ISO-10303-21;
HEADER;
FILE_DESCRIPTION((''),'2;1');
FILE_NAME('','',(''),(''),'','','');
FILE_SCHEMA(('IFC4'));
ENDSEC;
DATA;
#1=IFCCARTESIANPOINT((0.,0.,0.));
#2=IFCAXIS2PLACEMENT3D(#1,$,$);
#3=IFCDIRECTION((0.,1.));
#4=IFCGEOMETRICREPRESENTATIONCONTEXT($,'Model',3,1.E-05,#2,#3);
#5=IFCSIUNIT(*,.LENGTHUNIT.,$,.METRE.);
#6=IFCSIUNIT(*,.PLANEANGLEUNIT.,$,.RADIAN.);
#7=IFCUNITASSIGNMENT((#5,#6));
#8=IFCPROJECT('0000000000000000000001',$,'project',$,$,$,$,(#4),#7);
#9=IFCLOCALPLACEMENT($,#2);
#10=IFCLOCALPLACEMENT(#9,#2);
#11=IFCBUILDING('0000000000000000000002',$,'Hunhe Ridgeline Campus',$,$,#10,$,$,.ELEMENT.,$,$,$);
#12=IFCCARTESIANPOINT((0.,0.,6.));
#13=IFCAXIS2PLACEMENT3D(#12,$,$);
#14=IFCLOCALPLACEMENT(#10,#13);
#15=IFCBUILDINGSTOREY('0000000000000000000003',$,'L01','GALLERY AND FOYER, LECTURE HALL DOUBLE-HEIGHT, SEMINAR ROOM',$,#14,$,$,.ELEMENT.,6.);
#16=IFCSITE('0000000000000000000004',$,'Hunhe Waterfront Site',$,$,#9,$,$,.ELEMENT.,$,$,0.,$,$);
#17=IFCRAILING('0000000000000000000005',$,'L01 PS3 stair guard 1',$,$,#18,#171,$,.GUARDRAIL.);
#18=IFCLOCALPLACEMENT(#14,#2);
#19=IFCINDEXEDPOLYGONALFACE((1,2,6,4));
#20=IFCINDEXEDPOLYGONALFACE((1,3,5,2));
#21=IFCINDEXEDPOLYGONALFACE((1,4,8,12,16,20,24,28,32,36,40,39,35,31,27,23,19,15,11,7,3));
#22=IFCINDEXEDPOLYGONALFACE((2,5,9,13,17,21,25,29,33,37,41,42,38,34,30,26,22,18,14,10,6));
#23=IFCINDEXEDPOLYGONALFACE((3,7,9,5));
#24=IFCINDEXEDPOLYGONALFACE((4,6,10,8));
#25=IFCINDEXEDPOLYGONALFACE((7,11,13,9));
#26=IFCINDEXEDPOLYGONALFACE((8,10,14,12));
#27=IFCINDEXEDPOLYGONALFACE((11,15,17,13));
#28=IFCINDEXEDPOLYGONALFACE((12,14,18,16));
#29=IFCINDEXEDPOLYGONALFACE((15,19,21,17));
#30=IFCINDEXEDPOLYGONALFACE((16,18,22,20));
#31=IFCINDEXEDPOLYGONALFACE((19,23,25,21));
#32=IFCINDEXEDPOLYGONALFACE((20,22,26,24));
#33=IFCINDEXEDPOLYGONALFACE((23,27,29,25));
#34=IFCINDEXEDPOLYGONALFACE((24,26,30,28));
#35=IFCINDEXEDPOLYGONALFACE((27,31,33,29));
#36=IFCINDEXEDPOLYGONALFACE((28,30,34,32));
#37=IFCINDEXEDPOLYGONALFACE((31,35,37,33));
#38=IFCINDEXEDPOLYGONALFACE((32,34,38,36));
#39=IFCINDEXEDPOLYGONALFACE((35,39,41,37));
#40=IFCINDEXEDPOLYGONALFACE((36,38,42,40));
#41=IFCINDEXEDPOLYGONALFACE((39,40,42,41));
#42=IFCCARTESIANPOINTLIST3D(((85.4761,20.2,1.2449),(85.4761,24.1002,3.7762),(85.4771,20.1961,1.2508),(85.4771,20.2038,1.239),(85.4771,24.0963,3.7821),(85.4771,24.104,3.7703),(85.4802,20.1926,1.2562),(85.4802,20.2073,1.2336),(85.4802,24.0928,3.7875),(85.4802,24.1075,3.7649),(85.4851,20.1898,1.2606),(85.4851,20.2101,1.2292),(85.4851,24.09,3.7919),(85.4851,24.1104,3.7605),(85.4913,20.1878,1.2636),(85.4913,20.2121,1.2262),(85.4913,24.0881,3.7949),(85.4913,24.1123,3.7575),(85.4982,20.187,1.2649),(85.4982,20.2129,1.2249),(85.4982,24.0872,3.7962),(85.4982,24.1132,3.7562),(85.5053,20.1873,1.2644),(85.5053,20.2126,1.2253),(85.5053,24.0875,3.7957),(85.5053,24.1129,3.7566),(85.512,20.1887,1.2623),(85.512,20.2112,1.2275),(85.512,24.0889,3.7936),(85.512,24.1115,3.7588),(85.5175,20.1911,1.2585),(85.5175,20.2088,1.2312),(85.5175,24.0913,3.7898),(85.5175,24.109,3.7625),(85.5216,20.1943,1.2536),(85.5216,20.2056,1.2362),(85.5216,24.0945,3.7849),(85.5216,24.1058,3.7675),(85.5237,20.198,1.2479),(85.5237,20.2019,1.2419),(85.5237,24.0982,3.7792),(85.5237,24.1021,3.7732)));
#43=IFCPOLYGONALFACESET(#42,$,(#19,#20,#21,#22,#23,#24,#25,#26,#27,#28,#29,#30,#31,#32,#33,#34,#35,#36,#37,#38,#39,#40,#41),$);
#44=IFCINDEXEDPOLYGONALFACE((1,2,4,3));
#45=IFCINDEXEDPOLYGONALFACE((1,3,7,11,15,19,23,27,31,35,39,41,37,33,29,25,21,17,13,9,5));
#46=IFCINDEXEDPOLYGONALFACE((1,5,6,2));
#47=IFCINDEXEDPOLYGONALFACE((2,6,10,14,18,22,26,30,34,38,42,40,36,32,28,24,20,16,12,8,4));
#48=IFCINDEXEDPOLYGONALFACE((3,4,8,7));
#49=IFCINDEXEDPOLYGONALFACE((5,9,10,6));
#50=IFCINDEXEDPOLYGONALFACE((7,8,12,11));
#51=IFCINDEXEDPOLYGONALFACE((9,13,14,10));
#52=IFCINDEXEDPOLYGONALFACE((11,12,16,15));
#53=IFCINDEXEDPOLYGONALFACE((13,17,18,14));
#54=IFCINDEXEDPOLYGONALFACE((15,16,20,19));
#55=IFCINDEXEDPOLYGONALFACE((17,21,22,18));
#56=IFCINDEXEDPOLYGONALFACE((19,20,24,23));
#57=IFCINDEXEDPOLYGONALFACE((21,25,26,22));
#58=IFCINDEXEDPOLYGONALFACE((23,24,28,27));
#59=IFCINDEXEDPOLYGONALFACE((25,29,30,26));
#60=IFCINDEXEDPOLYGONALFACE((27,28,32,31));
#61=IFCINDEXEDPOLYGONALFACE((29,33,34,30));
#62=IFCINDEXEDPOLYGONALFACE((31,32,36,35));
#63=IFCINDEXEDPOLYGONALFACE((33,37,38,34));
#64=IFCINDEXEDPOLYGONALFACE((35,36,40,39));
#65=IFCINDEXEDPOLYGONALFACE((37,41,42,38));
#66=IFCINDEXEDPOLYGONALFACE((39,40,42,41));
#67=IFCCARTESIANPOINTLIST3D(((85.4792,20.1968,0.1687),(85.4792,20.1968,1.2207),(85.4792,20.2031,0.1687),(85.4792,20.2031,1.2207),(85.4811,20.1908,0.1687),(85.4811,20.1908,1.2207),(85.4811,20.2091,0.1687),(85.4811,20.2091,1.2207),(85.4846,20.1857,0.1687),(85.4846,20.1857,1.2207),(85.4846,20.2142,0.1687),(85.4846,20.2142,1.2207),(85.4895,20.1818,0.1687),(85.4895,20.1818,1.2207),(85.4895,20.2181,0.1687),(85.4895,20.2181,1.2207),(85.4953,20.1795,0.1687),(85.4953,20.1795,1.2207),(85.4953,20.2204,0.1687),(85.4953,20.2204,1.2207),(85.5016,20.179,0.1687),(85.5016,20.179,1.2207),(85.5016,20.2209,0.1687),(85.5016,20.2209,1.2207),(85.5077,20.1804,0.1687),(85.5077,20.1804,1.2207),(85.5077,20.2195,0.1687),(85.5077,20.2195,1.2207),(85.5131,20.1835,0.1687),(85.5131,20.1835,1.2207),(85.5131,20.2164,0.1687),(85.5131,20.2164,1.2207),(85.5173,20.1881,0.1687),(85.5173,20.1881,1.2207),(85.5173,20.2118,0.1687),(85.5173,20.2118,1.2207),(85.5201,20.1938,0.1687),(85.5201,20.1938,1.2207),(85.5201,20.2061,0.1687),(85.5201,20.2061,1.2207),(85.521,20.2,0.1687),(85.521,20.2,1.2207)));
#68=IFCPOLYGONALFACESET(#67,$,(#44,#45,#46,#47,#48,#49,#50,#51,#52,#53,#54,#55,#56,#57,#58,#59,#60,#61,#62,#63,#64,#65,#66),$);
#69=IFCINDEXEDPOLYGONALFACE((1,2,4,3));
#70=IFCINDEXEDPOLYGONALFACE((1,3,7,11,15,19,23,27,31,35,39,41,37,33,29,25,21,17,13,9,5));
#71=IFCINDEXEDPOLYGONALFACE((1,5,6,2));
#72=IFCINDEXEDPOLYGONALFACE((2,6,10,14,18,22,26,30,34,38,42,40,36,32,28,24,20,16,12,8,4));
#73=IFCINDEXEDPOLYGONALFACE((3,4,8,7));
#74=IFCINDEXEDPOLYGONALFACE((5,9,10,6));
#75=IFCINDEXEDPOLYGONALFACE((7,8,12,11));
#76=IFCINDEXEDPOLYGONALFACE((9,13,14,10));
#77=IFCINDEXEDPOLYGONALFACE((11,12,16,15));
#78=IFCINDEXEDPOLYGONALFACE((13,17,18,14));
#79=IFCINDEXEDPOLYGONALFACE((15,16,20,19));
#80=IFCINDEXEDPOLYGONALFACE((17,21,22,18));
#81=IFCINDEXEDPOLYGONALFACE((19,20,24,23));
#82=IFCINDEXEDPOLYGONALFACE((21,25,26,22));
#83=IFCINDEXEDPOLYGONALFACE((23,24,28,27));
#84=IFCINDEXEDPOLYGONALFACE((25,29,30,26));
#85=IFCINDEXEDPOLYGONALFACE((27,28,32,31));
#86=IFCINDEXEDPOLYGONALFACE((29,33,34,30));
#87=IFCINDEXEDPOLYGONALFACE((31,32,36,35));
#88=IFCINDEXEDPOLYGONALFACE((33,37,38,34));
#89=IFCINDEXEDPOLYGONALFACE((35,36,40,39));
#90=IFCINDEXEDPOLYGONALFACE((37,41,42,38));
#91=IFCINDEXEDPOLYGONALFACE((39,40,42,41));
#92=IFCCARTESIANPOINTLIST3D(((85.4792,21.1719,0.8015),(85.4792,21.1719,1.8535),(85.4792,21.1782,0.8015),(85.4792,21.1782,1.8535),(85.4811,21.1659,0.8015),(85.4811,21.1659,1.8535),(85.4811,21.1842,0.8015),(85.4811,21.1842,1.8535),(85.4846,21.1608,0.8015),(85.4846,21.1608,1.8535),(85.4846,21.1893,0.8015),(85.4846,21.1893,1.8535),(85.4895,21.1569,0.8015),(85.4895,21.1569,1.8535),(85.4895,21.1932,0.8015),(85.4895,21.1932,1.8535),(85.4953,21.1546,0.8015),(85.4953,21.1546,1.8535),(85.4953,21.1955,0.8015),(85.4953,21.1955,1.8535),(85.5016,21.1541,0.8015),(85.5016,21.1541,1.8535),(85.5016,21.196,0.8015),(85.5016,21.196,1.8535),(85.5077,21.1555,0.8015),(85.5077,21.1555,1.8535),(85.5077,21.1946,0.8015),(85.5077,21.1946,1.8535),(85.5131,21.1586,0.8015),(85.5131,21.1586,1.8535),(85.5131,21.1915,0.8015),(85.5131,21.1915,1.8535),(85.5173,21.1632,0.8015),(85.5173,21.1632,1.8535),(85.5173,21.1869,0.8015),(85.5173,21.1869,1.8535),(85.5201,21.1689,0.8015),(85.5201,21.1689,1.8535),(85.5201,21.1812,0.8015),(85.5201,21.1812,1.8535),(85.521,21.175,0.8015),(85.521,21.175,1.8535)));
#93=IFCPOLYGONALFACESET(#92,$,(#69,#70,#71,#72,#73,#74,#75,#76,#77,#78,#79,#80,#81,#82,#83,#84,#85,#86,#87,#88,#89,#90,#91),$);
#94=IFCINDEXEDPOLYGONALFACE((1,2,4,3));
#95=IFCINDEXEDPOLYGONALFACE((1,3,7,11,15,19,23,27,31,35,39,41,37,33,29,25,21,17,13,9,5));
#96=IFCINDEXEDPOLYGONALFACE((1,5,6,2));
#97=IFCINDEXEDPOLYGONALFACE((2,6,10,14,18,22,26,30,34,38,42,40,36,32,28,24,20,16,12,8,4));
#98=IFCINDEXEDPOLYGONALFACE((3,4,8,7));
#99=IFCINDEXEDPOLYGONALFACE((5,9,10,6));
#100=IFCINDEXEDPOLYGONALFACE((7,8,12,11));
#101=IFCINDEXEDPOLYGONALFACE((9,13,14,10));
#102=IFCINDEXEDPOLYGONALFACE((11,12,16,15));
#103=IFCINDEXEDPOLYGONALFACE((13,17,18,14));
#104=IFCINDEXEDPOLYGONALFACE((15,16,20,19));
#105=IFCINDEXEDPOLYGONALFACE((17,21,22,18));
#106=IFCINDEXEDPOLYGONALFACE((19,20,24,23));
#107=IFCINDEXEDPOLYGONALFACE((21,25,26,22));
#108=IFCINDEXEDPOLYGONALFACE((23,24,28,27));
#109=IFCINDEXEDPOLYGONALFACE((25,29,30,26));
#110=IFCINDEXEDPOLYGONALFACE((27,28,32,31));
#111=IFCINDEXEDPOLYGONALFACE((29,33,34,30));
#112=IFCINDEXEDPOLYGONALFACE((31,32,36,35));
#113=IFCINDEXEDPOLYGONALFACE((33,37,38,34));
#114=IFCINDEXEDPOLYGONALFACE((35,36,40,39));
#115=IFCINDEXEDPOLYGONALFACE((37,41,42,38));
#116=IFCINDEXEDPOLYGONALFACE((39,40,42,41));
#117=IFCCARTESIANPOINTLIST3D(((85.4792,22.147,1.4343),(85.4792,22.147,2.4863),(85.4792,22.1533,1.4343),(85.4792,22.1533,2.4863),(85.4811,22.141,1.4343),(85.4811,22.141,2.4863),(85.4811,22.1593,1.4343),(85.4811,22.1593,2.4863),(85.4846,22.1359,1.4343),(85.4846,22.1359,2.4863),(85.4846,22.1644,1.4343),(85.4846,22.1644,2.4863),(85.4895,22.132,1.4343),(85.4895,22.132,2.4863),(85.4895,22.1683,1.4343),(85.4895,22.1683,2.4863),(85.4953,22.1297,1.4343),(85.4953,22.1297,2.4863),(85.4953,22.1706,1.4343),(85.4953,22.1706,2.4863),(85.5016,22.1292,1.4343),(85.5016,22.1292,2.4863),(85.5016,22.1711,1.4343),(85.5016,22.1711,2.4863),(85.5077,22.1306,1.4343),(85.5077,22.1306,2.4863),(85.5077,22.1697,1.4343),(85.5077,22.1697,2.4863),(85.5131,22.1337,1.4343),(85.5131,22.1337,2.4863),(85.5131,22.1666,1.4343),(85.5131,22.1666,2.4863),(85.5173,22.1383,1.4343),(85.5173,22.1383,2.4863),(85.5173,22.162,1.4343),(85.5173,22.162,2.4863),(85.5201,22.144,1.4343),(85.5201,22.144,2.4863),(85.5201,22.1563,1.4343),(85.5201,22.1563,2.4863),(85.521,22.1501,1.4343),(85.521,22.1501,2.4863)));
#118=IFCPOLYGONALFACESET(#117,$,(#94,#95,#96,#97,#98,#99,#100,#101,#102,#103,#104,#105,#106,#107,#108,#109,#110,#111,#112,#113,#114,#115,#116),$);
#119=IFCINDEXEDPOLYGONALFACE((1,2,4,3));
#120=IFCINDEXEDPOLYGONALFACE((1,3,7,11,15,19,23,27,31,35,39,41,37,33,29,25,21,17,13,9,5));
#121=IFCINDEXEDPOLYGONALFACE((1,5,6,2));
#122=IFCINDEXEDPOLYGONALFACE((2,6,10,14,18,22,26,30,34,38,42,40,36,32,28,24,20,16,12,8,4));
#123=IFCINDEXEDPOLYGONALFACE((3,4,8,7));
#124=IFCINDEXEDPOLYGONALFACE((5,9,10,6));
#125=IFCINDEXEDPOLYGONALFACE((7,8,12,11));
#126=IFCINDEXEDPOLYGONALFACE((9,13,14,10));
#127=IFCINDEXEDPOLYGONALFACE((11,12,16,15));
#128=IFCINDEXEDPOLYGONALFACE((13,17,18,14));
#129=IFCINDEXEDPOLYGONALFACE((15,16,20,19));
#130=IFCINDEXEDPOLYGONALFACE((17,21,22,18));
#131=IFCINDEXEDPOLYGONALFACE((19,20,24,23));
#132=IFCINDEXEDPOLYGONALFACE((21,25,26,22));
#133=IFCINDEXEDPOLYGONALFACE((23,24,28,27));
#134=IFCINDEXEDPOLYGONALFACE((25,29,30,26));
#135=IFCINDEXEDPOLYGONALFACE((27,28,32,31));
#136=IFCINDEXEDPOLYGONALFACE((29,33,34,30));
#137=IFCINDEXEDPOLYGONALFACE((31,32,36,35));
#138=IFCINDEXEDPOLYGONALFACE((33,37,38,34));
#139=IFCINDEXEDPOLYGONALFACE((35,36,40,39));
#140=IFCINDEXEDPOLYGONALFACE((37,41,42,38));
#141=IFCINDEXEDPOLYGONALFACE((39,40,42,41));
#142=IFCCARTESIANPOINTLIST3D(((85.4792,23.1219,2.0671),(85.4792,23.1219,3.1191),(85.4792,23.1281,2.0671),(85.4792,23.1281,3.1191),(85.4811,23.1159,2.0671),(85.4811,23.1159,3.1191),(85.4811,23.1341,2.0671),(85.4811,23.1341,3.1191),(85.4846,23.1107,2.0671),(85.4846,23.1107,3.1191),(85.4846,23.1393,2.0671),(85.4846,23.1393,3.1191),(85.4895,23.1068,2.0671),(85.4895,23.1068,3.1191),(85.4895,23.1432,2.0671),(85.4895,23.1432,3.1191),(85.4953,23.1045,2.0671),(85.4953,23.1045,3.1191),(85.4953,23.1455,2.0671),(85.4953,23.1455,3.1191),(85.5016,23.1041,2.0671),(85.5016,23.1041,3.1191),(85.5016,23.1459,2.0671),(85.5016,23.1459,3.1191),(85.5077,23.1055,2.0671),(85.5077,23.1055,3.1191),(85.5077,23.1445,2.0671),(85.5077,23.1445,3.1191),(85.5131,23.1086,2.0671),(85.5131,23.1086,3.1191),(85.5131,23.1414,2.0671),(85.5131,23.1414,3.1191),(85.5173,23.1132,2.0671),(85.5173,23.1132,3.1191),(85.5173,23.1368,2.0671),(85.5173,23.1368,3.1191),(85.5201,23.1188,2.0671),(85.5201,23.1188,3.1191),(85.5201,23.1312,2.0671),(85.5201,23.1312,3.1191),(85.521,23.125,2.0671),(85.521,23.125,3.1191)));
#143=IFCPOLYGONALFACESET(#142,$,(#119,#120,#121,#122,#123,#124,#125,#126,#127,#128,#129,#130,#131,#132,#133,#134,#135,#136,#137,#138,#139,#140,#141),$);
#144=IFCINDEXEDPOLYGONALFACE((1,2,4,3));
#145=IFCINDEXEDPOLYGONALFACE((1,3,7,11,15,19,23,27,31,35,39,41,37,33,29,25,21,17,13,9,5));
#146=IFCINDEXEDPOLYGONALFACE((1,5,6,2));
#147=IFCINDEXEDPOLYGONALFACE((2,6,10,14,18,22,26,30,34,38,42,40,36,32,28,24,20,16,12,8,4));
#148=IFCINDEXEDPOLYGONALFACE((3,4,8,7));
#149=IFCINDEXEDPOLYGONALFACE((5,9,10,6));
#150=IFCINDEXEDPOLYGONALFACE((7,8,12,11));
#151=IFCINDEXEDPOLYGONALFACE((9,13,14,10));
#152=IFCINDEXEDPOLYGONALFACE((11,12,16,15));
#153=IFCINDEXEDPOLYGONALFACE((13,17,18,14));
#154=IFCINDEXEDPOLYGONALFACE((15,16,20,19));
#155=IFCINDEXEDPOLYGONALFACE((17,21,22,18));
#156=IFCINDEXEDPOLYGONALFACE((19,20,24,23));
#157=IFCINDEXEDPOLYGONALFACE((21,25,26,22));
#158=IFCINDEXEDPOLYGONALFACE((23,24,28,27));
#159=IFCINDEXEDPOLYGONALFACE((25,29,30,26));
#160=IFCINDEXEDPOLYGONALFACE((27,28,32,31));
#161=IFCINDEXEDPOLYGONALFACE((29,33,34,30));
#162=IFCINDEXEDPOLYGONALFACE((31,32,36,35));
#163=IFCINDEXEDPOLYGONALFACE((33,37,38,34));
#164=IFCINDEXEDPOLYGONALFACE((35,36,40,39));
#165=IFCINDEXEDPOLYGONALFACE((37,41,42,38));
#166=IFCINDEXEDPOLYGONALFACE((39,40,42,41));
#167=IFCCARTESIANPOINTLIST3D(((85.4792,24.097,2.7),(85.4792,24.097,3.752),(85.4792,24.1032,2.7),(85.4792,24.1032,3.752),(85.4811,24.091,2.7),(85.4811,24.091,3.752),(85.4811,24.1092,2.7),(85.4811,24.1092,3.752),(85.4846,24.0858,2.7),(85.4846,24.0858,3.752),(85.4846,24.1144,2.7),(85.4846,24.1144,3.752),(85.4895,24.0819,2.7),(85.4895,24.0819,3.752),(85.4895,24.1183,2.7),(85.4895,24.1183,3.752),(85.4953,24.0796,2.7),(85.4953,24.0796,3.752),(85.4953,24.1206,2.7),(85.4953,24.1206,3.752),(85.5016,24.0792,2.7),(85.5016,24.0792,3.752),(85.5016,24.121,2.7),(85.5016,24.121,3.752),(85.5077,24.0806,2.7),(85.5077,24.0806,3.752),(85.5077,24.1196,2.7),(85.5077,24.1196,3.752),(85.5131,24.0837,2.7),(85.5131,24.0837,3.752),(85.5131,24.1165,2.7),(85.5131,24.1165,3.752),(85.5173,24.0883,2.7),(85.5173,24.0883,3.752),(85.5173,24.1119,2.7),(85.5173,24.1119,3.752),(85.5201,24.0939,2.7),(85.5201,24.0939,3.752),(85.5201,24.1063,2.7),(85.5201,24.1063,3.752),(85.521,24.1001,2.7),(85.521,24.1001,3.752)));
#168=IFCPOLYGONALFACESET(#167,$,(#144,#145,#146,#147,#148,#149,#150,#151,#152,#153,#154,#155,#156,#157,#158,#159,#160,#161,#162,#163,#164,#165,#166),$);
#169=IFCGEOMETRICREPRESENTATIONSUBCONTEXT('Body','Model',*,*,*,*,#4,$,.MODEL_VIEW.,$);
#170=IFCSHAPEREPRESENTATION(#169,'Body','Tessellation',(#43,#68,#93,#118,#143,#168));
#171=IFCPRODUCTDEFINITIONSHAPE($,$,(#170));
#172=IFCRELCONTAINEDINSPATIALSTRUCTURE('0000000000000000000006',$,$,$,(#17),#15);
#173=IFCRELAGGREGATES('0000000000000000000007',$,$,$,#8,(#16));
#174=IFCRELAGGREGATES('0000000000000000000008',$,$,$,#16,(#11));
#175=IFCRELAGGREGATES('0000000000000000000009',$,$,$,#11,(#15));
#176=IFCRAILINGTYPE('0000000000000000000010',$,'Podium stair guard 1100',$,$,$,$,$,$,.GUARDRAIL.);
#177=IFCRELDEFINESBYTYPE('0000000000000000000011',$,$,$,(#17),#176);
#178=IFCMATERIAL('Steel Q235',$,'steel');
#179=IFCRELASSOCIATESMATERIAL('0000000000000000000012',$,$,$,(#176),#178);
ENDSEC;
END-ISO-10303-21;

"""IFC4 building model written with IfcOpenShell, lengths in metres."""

from ifc_helpers import new_model, si_unit, direction, frame, origin, origin_2d, place, context, subcontext, project, spatial, circle, extrude, material, type_object, element, save


model = new_model("IFC4")

# Units and contexts
model_context = context("Model", 3, precision=1e-05, world=origin(), true_north=direction((0.0, 1.0)))
body_context = subcontext(model_context, "Body", "Model", "MODEL_VIEW")
ifc_project = project(units=[si_unit("LENGTHUNIT", "METRE"), si_unit("PLANEANGLEUNIT", "RADIAN")], contexts=[model_context])

# Site, building, storey
site_placement = place(None, origin())
site = spatial("IfcSite", under=ifc_project, at=site_placement, Name="Hunhe Waterfront Site", CompositionType="ELEMENT", RefElevation=0.0)
building_placement = place(site_placement, origin())
building = spatial("IfcBuilding", under=site, at=building_placement, Name="Hunhe Ridgeline Campus", CompositionType="ELEMENT")
storey_placement = place(building_placement, frame((0.0, 0.0, 6.0)))
storey = spatial("IfcBuildingStorey", under=building, at=storey_placement, Name="L01", Description="GALLERY AND FOYER, LECTURE HALL DOUBLE-HEIGHT, SEMINAR ROOM", CompositionType="ELEMENT", Elevation=6.0)

# Shared definitions
ifc_material_1 = material(Name="Steel Q235", Category="steel")

# Railing
railing_type_1 = type_object("IfcRailingType", Name="Podium stair guard 1100", PredefinedType="GUARDRAIL", material=ifc_material_1)
railing_1_placement = place(storey_placement, frame((85.5, 20.2, 0.1687)))
element("IfcRailing", 1, at=railing_1_placement, inside=storey, type_object=railing_type_1, Name="L01 PS3 stair guard 1", PredefinedType="GUARDRAIL", context=body_context, shape_type="SweptSolid", body=[
    extrude(circle(Radius=0.0239, at=origin_2d()), frame((0.0, 0.0, 1.0762), z_axis=(0.0, 0.838821, 0.544407), x_axis=(-1.0, 0.0, 0.0)), (0.0, 0.0, 1.0), 4.6497),
    extrude(circle(Radius=0.021, at=origin_2d()), origin(), (0.0, 0.0, 1.0), 1.052),
    extrude(circle(Radius=0.021, at=origin_2d()), frame((0.0, 0.9751, 0.6328)), (0.0, 0.0, 1.0), 1.052),
    extrude(circle(Radius=0.021, at=origin_2d()), frame((0.0, 1.9502, 1.2656)), (0.0, 0.0, 1.0), 1.052),
    extrude(circle(Radius=0.021, at=origin_2d()), frame((0.0, 2.925, 1.8984)), (0.0, 0.0, 1.0), 1.052),
    extrude(circle(Radius=0.021, at=origin_2d()), frame((0.0, 3.9001, 2.5312)), (0.0, 0.0, 1.0), 1.052),
])

save(model, "model.ifc")
